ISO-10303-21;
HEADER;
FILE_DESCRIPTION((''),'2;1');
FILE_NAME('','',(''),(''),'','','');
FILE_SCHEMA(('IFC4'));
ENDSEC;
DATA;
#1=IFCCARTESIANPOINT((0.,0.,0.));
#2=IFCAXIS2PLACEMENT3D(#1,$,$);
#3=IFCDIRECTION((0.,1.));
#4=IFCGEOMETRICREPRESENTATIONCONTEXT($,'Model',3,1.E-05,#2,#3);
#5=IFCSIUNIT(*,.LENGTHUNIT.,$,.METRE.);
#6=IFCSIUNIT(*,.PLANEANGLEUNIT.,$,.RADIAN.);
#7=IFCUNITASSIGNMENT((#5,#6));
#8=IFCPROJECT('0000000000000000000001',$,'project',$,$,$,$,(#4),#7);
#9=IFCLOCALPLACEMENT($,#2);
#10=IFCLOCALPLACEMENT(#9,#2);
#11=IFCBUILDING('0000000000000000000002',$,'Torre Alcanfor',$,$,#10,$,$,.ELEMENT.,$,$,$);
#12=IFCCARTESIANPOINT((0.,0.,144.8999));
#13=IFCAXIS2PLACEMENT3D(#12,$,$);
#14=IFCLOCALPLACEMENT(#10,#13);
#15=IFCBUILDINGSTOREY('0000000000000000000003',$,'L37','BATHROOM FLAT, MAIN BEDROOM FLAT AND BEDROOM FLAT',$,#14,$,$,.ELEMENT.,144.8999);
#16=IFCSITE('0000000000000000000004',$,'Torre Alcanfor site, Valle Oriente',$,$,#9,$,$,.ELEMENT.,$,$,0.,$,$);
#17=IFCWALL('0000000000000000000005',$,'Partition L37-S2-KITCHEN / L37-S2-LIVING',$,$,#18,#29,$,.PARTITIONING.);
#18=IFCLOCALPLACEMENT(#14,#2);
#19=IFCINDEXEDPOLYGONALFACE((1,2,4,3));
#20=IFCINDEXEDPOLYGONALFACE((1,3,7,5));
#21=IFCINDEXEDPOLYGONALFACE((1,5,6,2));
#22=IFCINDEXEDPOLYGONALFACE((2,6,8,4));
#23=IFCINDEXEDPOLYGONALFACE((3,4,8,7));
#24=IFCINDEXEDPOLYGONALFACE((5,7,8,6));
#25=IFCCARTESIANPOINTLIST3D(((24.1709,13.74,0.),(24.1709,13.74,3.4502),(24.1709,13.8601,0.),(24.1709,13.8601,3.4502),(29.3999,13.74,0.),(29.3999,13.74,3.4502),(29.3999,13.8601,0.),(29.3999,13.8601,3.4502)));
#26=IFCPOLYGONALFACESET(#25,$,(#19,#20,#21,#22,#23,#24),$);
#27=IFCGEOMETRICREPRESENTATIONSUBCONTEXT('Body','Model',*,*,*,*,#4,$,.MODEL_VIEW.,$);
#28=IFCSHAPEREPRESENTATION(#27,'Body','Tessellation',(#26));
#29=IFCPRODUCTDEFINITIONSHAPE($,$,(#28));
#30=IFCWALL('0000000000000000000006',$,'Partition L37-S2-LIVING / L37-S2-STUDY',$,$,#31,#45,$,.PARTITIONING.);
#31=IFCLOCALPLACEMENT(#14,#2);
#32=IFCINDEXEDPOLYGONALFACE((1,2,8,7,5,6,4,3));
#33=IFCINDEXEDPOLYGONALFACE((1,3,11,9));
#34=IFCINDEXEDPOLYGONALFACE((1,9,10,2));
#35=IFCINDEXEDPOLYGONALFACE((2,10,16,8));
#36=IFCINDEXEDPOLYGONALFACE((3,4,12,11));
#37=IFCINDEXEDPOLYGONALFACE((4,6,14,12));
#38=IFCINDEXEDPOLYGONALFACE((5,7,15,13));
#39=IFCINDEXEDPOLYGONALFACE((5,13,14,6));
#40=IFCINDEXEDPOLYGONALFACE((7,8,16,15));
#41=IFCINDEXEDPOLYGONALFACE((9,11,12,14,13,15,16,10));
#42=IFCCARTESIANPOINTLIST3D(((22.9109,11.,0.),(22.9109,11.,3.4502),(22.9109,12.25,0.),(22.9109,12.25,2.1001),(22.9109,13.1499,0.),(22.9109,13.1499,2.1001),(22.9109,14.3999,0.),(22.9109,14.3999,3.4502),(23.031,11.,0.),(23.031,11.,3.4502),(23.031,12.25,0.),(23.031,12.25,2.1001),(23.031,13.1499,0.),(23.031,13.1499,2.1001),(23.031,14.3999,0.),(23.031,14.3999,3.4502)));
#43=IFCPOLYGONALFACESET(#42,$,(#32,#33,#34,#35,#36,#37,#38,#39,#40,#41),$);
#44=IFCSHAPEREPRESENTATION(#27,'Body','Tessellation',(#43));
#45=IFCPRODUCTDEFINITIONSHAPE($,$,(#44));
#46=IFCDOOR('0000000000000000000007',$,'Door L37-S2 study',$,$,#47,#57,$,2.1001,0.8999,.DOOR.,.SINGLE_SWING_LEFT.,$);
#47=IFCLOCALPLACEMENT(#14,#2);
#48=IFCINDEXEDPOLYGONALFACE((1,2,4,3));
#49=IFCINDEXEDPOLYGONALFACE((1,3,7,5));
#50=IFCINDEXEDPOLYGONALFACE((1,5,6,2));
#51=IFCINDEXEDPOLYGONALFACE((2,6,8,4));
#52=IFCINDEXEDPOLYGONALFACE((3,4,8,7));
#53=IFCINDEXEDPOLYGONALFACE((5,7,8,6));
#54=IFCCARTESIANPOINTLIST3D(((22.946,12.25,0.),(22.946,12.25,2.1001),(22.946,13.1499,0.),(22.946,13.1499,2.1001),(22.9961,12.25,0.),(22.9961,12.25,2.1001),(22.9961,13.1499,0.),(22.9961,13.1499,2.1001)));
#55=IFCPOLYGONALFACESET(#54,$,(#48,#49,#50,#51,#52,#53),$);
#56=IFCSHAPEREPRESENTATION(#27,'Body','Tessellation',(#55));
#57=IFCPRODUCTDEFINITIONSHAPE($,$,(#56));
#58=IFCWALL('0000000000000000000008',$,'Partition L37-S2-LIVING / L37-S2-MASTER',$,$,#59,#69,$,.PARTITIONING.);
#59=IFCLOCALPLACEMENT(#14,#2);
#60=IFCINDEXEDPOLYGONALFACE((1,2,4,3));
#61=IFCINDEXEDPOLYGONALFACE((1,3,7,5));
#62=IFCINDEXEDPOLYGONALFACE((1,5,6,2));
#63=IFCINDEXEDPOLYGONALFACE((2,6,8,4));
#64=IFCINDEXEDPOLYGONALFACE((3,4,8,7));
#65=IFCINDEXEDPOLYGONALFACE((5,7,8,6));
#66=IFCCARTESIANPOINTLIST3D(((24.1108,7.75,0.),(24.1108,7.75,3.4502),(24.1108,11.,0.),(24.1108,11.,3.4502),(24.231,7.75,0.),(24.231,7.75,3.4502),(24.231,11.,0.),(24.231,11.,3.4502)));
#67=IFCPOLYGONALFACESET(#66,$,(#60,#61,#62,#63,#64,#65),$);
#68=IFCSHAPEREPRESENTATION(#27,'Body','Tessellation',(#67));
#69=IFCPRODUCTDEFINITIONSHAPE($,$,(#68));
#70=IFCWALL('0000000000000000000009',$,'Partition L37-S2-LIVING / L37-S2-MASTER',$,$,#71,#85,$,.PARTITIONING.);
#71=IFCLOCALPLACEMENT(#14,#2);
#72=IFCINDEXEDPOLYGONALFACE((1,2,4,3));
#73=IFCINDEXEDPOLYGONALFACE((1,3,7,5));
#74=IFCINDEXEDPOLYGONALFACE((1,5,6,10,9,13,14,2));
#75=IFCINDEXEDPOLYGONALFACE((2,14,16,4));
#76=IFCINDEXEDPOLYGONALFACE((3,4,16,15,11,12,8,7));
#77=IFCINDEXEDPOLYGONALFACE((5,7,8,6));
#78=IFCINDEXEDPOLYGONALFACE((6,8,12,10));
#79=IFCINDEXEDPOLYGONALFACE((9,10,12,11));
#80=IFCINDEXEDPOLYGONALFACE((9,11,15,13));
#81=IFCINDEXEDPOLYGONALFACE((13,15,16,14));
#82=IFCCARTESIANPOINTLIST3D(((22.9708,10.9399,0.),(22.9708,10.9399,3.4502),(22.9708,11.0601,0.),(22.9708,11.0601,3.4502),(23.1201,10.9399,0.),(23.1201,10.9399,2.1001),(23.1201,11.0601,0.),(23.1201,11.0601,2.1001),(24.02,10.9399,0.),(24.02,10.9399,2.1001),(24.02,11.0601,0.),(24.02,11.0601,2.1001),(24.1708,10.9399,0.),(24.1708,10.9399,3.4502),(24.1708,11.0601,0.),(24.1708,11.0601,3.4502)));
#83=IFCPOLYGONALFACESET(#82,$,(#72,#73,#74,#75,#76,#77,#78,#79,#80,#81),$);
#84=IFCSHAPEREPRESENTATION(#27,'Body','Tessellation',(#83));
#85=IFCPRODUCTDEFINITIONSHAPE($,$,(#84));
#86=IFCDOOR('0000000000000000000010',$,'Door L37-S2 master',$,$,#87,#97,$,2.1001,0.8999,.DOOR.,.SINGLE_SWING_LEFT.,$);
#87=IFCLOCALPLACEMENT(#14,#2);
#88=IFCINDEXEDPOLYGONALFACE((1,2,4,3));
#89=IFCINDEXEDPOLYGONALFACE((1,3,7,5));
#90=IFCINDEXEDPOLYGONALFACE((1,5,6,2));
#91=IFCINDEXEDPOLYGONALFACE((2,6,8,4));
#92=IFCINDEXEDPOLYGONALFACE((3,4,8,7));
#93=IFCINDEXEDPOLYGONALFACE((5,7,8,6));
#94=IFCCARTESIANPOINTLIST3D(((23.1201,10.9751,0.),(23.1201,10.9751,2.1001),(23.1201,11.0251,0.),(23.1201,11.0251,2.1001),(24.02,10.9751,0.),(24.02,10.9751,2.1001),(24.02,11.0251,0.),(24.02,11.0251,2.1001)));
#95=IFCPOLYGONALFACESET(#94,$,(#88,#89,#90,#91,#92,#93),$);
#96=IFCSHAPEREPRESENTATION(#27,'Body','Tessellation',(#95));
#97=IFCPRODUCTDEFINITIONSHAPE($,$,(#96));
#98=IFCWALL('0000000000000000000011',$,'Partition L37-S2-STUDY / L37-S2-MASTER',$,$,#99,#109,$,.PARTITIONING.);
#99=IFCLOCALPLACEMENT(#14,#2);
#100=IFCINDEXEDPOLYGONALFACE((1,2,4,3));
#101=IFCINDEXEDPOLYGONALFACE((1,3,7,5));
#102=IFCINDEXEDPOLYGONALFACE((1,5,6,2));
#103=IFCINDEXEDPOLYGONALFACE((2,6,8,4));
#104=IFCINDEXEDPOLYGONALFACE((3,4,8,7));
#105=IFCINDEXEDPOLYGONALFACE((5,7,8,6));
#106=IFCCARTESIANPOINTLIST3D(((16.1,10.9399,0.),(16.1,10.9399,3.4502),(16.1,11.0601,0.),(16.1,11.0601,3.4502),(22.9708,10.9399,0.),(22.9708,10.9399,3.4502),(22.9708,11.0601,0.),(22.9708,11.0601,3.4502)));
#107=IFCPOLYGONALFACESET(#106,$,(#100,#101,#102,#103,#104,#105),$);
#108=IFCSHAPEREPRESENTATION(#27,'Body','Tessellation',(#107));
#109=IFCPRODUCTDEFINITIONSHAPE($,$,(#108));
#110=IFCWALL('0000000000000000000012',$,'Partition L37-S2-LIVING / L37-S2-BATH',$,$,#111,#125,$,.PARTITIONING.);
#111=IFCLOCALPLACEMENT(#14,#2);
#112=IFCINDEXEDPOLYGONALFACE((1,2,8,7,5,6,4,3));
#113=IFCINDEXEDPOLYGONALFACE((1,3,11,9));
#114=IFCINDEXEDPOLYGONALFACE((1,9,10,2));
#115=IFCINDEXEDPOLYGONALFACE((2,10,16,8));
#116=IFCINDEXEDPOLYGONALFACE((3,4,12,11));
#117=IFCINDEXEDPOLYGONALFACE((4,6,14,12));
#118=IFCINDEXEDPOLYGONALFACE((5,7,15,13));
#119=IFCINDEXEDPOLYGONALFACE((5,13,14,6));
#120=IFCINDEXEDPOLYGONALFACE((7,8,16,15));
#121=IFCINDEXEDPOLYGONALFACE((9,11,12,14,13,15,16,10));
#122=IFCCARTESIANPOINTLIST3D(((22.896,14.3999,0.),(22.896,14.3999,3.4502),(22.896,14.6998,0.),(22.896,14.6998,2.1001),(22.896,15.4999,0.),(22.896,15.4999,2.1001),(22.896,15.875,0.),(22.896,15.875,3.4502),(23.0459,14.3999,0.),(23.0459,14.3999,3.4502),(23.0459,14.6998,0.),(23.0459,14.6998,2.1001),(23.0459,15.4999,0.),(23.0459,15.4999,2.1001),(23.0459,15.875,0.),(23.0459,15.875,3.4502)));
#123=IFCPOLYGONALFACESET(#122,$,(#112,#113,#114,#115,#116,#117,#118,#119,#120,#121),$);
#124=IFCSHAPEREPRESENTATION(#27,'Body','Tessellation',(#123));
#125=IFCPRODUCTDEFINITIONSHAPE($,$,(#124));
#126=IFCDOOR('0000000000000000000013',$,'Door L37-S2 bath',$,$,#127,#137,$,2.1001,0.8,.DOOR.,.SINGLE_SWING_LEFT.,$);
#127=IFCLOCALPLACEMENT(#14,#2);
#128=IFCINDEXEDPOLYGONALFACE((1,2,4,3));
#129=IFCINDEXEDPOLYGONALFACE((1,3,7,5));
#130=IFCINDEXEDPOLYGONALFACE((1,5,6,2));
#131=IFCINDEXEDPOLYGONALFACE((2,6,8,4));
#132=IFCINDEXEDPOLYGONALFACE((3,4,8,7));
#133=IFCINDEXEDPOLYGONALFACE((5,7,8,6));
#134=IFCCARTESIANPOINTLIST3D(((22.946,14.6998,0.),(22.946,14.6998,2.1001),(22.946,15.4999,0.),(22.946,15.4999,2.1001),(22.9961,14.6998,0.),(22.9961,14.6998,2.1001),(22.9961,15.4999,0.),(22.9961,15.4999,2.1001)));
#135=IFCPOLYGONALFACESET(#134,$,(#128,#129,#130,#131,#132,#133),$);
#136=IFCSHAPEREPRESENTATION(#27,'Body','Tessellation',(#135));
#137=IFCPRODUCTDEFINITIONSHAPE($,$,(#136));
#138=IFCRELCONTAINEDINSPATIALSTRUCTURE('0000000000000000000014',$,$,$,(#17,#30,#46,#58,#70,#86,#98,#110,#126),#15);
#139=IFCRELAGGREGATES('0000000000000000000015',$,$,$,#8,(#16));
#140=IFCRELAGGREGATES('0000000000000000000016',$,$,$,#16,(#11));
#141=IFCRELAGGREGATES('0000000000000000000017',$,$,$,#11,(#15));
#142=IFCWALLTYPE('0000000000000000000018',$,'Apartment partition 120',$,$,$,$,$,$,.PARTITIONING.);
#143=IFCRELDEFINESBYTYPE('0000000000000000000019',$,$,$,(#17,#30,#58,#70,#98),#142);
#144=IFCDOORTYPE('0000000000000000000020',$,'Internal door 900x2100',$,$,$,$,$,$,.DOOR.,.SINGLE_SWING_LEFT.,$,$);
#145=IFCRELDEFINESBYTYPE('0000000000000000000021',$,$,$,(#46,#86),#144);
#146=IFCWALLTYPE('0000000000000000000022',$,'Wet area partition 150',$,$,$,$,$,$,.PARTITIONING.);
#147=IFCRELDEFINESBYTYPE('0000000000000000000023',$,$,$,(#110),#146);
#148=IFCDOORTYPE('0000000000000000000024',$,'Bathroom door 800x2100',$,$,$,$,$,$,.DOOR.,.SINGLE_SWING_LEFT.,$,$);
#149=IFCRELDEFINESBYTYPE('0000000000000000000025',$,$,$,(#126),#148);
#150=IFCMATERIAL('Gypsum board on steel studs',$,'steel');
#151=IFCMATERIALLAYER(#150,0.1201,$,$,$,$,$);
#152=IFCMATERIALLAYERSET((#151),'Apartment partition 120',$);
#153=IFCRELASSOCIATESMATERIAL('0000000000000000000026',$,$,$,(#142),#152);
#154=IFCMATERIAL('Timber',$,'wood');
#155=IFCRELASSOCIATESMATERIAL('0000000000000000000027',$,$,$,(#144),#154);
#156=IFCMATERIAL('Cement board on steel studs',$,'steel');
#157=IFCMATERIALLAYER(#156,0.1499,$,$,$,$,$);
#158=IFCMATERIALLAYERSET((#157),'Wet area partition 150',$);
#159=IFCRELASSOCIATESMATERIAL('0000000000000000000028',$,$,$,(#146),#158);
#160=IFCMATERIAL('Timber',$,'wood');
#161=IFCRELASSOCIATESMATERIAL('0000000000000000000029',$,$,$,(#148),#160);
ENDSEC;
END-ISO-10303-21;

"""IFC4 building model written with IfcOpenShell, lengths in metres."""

from ifc_helpers import new_model, si_unit, direction, frame, frame_2d, origin, place, context, subcontext, project, spatial, rectangle, extrude, material, layer, layer_set, type_object, element, fill, save


model = new_model("IFC4")

# Units and contexts
model_context = context("Model", 3, precision=1e-05, world=origin(), true_north=direction((0.0, 1.0)))
body_context = subcontext(model_context, "Body", "Model", "MODEL_VIEW")
ifc_project = project(units=[si_unit("LENGTHUNIT", "METRE"), si_unit("PLANEANGLEUNIT", "RADIAN")], contexts=[model_context])

# Site, building, storey
site_placement = place(None, origin())
site = spatial("IfcSite", under=ifc_project, at=site_placement, Name="Torre Alcanfor site, Valle Oriente", CompositionType="ELEMENT", RefElevation=0.0)
building_placement = place(site_placement, origin())
building = spatial("IfcBuilding", under=site, at=building_placement, Name="Torre Alcanfor", CompositionType="ELEMENT")
storey_placement = place(building_placement, frame((0.0, 0.0, 144.8999)))
storey = spatial("IfcBuildingStorey", under=building, at=storey_placement, Name="L37", Description="BATHROOM FLAT, MAIN BEDROOM FLAT AND BEDROOM FLAT", CompositionType="ELEMENT", Elevation=144.8999)

# Shared definitions
ifc_material_1 = material(Name="Gypsum board on steel studs", Category="steel")
ifc_layer_1 = layer(ifc_material_1, 0.1201)
ifc_layer_set_1 = layer_set([ifc_layer_1], Name="Apartment partition 120")
wall_type_1 = type_object("IfcWallType", Name="Apartment partition 120", PredefinedType="PARTITIONING", material=ifc_layer_set_1)
ifc_material_2 = material(Name="Timber", Category="wood")
door_type_1 = type_object("IfcDoorType", Name="Internal door 900x2100", OperationType="SINGLE_SWING_LEFT", PredefinedType="DOOR", material=ifc_material_2)

# Wall
wall_1_placement = place(storey_placement, frame((24.1709, 13.8, 0.0), z_axis=(0.0, 0.0, 1.0), x_axis=(1.0, 0.0, 0.0)))
element("IfcWall", 1, at=wall_1_placement, inside=storey, type_object=wall_type_1, Name="Partition L37-S2-KITCHEN / L37-S2-LIVING", PredefinedType="PARTITIONING", context=body_context, shape_type="SweptSolid", body=[
    extrude(rectangle(XDim=5.229, YDim=0.1201, at=frame_2d((2.6145, 0.0))), origin(), (0.0, 0.0, 1.0), 3.4502),
])

# Wall, opening, door
wall_2_placement = place(storey_placement, frame((22.9709, 11.0, 0.0), z_axis=(0.0, 0.0, 1.0), x_axis=(0.0, 1.0, 0.0)))
wall_2 = element("IfcWall", 2, at=wall_2_placement, inside=storey, type_object=wall_type_1, Name="Partition L37-S2-LIVING / L37-S2-STUDY", PredefinedType="PARTITIONING", context=body_context, shape_type="SweptSolid", body=[
    extrude(rectangle(XDim=3.3999, YDim=0.1201, at=frame_2d((1.7, 0.0))), origin(), (0.0, 0.0, 1.0), 3.4502),
])
opening_1_placement = place(wall_2_placement, frame((1.25, 0.0, 0.0)))
opening_1 = element("IfcOpeningElement", 3, at=opening_1_placement, cuts=wall_2, PredefinedType="OPENING", context=body_context, shape_type="SweptSolid", body=[
    extrude(rectangle(XDim=0.8999, YDim=2.1001, at=frame_2d((0.45, 1.05))), frame((0.0, 0.0701, 0.0), z_axis=(0.0, -1.0, 0.0), x_axis=(1.0, 0.0, 0.0)), (0.0, 0.0, 1.0), 0.1401),
])
door_1_placement = place(opening_1_placement, origin())
door_1 = element("IfcDoor", 4, at=door_1_placement, inside=storey, type_object=door_type_1, Name="Door L37-S2 study", OperationType="SINGLE_SWING_LEFT", OverallHeight=2.1001, OverallWidth=0.8999, PredefinedType="DOOR", context=body_context, shape_type="SweptSolid", body=[
    extrude(rectangle(XDim=0.8999, YDim=2.1001, at=frame_2d((0.45, 1.05))), frame((0.0, 0.0249, 0.0), z_axis=(0.0, -1.0, 0.0), x_axis=(1.0, 0.0, 0.0)), (0.0, 0.0, 1.0), 0.05),
])
fill(opening_1, door_1)

# Wall
wall_3_placement = place(storey_placement, frame((24.1709, 7.75, 0.0), z_axis=(0.0, 0.0, 1.0), x_axis=(0.0, 1.0, 0.0)))
element("IfcWall", 5, at=wall_3_placement, inside=storey, type_object=wall_type_1, Name="Partition L37-S2-LIVING / L37-S2-MASTER", PredefinedType="PARTITIONING", context=body_context, shape_type="SweptSolid", body=[
    extrude(rectangle(XDim=3.25, YDim=0.1201, at=frame_2d((1.625, 0.0))), origin(), (0.0, 0.0, 1.0), 3.4502),
])

# Wall, opening, door
wall_4_placement = place(storey_placement, frame((24.1709, 11.0, 0.0), z_axis=(0.0, 0.0, 1.0), x_axis=(-1.0, 0.0, 0.0)))
wall_4 = element("IfcWall", 6, at=wall_4_placement, inside=storey, type_object=wall_type_1, Name="Partition L37-S2-LIVING / L37-S2-MASTER", PredefinedType="PARTITIONING", context=body_context, shape_type="SweptSolid", body=[
    extrude(rectangle(XDim=1.2, YDim=0.1201, at=frame_2d((0.6001, 0.0))), origin(), (0.0, 0.0, 1.0), 3.4502),
])
opening_2_placement = place(wall_4_placement, frame((0.1509, 0.0, 0.0)))
opening_2 = element("IfcOpeningElement", 7, at=opening_2_placement, cuts=wall_4, PredefinedType="OPENING", context=body_context, shape_type="SweptSolid", body=[
    extrude(rectangle(XDim=0.8999, YDim=2.1001, at=frame_2d((0.45, 1.05))), frame((0.0, 0.0701, 0.0), z_axis=(0.0, -1.0, 0.0), x_axis=(1.0, 0.0, 0.0)), (0.0, 0.0, 1.0), 0.1401),
])
door_2_placement = place(opening_2_placement, origin())
door_2 = element("IfcDoor", 8, at=door_2_placement, inside=storey, type_object=door_type_1, Name="Door L37-S2 master", OperationType="SINGLE_SWING_LEFT", OverallHeight=2.1001, OverallWidth=0.8999, PredefinedType="DOOR", context=body_context, shape_type="SweptSolid", body=[
    extrude(rectangle(XDim=0.8999, YDim=2.1001, at=frame_2d((0.45, 1.05))), frame((0.0, 0.0249, 0.0), z_axis=(0.0, -1.0, 0.0), x_axis=(1.0, 0.0, 0.0)), (0.0, 0.0, 1.0), 0.05),
])
fill(opening_2, door_2)

# Wall
wall_5_placement = place(storey_placement, frame((22.9709, 11.0, 0.0), z_axis=(0.0, 0.0, 1.0), x_axis=(-1.0, 0.0, 0.0)))
element("IfcWall", 9, at=wall_5_placement, inside=storey, type_object=wall_type_1, Name="Partition L37-S2-STUDY / L37-S2-MASTER", PredefinedType="PARTITIONING", context=body_context, shape_type="SweptSolid", body=[
    extrude(rectangle(XDim=6.8708, YDim=0.1201, at=frame_2d((3.4355, 0.0))), origin(), (0.0, 0.0, 1.0), 3.4502),
])

# Wall, opening, door
ifc_material_3 = material(Name="Cement board on steel studs", Category="steel")
ifc_layer_2 = layer(ifc_material_3, 0.1499)
ifc_layer_set_2 = layer_set([ifc_layer_2], Name="Wet area partition 150")
wall_type_2 = type_object("IfcWallType", Name="Wet area partition 150", PredefinedType="PARTITIONING", material=ifc_layer_set_2)
wall_6_placement = place(storey_placement, frame((22.9709, 14.3999, 0.0), z_axis=(0.0, 0.0, 1.0), x_axis=(0.0, 1.0, 0.0)))
wall_6 = element("IfcWall", 10, at=wall_6_placement, inside=storey, type_object=wall_type_2, Name="Partition L37-S2-LIVING / L37-S2-BATH", PredefinedType="PARTITIONING", context=body_context, shape_type="SweptSolid", body=[
    extrude(rectangle(XDim=1.4751, YDim=0.1499, at=frame_2d((0.7375, 0.0))), origin(), (0.0, 0.0, 1.0), 3.4502),
])
opening_3_placement = place(wall_6_placement, frame((0.3, 0.0, 0.0)))
opening_3 = element("IfcOpeningElement", 11, at=opening_3_placement, cuts=wall_6, PredefinedType="OPENING", context=body_context, shape_type="SweptSolid", body=[
    extrude(rectangle(XDim=0.8, YDim=2.1001, at=frame_2d((0.3999, 1.05))), frame((0.0, 0.085, 0.0), z_axis=(0.0, -1.0, 0.0), x_axis=(1.0, 0.0, 0.0)), (0.0, 0.0, 1.0), 0.1699),
])
ifc_material_4 = material(Name="Timber", Category="wood")
door_type_2 = type_object("IfcDoorType", Name="Bathroom door 800x2100", OperationType="SINGLE_SWING_LEFT", PredefinedType="DOOR", material=ifc_material_4)
door_3_placement = place(opening_3_placement, origin())
door_3 = element("IfcDoor", 12, at=door_3_placement, inside=storey, type_object=door_type_2, Name="Door L37-S2 bath", OperationType="SINGLE_SWING_LEFT", OverallHeight=2.1001, OverallWidth=0.8, PredefinedType="DOOR", context=body_context, shape_type="SweptSolid", body=[
    extrude(rectangle(XDim=0.8, YDim=2.1001, at=frame_2d((0.3999, 1.05))), frame((0.0, 0.0249, 0.0), z_axis=(0.0, -1.0, 0.0), x_axis=(1.0, 0.0, 0.0)), (0.0, 0.0, 1.0), 0.05),
])
fill(opening_3, door_3)

save(model, "model.ifc")
